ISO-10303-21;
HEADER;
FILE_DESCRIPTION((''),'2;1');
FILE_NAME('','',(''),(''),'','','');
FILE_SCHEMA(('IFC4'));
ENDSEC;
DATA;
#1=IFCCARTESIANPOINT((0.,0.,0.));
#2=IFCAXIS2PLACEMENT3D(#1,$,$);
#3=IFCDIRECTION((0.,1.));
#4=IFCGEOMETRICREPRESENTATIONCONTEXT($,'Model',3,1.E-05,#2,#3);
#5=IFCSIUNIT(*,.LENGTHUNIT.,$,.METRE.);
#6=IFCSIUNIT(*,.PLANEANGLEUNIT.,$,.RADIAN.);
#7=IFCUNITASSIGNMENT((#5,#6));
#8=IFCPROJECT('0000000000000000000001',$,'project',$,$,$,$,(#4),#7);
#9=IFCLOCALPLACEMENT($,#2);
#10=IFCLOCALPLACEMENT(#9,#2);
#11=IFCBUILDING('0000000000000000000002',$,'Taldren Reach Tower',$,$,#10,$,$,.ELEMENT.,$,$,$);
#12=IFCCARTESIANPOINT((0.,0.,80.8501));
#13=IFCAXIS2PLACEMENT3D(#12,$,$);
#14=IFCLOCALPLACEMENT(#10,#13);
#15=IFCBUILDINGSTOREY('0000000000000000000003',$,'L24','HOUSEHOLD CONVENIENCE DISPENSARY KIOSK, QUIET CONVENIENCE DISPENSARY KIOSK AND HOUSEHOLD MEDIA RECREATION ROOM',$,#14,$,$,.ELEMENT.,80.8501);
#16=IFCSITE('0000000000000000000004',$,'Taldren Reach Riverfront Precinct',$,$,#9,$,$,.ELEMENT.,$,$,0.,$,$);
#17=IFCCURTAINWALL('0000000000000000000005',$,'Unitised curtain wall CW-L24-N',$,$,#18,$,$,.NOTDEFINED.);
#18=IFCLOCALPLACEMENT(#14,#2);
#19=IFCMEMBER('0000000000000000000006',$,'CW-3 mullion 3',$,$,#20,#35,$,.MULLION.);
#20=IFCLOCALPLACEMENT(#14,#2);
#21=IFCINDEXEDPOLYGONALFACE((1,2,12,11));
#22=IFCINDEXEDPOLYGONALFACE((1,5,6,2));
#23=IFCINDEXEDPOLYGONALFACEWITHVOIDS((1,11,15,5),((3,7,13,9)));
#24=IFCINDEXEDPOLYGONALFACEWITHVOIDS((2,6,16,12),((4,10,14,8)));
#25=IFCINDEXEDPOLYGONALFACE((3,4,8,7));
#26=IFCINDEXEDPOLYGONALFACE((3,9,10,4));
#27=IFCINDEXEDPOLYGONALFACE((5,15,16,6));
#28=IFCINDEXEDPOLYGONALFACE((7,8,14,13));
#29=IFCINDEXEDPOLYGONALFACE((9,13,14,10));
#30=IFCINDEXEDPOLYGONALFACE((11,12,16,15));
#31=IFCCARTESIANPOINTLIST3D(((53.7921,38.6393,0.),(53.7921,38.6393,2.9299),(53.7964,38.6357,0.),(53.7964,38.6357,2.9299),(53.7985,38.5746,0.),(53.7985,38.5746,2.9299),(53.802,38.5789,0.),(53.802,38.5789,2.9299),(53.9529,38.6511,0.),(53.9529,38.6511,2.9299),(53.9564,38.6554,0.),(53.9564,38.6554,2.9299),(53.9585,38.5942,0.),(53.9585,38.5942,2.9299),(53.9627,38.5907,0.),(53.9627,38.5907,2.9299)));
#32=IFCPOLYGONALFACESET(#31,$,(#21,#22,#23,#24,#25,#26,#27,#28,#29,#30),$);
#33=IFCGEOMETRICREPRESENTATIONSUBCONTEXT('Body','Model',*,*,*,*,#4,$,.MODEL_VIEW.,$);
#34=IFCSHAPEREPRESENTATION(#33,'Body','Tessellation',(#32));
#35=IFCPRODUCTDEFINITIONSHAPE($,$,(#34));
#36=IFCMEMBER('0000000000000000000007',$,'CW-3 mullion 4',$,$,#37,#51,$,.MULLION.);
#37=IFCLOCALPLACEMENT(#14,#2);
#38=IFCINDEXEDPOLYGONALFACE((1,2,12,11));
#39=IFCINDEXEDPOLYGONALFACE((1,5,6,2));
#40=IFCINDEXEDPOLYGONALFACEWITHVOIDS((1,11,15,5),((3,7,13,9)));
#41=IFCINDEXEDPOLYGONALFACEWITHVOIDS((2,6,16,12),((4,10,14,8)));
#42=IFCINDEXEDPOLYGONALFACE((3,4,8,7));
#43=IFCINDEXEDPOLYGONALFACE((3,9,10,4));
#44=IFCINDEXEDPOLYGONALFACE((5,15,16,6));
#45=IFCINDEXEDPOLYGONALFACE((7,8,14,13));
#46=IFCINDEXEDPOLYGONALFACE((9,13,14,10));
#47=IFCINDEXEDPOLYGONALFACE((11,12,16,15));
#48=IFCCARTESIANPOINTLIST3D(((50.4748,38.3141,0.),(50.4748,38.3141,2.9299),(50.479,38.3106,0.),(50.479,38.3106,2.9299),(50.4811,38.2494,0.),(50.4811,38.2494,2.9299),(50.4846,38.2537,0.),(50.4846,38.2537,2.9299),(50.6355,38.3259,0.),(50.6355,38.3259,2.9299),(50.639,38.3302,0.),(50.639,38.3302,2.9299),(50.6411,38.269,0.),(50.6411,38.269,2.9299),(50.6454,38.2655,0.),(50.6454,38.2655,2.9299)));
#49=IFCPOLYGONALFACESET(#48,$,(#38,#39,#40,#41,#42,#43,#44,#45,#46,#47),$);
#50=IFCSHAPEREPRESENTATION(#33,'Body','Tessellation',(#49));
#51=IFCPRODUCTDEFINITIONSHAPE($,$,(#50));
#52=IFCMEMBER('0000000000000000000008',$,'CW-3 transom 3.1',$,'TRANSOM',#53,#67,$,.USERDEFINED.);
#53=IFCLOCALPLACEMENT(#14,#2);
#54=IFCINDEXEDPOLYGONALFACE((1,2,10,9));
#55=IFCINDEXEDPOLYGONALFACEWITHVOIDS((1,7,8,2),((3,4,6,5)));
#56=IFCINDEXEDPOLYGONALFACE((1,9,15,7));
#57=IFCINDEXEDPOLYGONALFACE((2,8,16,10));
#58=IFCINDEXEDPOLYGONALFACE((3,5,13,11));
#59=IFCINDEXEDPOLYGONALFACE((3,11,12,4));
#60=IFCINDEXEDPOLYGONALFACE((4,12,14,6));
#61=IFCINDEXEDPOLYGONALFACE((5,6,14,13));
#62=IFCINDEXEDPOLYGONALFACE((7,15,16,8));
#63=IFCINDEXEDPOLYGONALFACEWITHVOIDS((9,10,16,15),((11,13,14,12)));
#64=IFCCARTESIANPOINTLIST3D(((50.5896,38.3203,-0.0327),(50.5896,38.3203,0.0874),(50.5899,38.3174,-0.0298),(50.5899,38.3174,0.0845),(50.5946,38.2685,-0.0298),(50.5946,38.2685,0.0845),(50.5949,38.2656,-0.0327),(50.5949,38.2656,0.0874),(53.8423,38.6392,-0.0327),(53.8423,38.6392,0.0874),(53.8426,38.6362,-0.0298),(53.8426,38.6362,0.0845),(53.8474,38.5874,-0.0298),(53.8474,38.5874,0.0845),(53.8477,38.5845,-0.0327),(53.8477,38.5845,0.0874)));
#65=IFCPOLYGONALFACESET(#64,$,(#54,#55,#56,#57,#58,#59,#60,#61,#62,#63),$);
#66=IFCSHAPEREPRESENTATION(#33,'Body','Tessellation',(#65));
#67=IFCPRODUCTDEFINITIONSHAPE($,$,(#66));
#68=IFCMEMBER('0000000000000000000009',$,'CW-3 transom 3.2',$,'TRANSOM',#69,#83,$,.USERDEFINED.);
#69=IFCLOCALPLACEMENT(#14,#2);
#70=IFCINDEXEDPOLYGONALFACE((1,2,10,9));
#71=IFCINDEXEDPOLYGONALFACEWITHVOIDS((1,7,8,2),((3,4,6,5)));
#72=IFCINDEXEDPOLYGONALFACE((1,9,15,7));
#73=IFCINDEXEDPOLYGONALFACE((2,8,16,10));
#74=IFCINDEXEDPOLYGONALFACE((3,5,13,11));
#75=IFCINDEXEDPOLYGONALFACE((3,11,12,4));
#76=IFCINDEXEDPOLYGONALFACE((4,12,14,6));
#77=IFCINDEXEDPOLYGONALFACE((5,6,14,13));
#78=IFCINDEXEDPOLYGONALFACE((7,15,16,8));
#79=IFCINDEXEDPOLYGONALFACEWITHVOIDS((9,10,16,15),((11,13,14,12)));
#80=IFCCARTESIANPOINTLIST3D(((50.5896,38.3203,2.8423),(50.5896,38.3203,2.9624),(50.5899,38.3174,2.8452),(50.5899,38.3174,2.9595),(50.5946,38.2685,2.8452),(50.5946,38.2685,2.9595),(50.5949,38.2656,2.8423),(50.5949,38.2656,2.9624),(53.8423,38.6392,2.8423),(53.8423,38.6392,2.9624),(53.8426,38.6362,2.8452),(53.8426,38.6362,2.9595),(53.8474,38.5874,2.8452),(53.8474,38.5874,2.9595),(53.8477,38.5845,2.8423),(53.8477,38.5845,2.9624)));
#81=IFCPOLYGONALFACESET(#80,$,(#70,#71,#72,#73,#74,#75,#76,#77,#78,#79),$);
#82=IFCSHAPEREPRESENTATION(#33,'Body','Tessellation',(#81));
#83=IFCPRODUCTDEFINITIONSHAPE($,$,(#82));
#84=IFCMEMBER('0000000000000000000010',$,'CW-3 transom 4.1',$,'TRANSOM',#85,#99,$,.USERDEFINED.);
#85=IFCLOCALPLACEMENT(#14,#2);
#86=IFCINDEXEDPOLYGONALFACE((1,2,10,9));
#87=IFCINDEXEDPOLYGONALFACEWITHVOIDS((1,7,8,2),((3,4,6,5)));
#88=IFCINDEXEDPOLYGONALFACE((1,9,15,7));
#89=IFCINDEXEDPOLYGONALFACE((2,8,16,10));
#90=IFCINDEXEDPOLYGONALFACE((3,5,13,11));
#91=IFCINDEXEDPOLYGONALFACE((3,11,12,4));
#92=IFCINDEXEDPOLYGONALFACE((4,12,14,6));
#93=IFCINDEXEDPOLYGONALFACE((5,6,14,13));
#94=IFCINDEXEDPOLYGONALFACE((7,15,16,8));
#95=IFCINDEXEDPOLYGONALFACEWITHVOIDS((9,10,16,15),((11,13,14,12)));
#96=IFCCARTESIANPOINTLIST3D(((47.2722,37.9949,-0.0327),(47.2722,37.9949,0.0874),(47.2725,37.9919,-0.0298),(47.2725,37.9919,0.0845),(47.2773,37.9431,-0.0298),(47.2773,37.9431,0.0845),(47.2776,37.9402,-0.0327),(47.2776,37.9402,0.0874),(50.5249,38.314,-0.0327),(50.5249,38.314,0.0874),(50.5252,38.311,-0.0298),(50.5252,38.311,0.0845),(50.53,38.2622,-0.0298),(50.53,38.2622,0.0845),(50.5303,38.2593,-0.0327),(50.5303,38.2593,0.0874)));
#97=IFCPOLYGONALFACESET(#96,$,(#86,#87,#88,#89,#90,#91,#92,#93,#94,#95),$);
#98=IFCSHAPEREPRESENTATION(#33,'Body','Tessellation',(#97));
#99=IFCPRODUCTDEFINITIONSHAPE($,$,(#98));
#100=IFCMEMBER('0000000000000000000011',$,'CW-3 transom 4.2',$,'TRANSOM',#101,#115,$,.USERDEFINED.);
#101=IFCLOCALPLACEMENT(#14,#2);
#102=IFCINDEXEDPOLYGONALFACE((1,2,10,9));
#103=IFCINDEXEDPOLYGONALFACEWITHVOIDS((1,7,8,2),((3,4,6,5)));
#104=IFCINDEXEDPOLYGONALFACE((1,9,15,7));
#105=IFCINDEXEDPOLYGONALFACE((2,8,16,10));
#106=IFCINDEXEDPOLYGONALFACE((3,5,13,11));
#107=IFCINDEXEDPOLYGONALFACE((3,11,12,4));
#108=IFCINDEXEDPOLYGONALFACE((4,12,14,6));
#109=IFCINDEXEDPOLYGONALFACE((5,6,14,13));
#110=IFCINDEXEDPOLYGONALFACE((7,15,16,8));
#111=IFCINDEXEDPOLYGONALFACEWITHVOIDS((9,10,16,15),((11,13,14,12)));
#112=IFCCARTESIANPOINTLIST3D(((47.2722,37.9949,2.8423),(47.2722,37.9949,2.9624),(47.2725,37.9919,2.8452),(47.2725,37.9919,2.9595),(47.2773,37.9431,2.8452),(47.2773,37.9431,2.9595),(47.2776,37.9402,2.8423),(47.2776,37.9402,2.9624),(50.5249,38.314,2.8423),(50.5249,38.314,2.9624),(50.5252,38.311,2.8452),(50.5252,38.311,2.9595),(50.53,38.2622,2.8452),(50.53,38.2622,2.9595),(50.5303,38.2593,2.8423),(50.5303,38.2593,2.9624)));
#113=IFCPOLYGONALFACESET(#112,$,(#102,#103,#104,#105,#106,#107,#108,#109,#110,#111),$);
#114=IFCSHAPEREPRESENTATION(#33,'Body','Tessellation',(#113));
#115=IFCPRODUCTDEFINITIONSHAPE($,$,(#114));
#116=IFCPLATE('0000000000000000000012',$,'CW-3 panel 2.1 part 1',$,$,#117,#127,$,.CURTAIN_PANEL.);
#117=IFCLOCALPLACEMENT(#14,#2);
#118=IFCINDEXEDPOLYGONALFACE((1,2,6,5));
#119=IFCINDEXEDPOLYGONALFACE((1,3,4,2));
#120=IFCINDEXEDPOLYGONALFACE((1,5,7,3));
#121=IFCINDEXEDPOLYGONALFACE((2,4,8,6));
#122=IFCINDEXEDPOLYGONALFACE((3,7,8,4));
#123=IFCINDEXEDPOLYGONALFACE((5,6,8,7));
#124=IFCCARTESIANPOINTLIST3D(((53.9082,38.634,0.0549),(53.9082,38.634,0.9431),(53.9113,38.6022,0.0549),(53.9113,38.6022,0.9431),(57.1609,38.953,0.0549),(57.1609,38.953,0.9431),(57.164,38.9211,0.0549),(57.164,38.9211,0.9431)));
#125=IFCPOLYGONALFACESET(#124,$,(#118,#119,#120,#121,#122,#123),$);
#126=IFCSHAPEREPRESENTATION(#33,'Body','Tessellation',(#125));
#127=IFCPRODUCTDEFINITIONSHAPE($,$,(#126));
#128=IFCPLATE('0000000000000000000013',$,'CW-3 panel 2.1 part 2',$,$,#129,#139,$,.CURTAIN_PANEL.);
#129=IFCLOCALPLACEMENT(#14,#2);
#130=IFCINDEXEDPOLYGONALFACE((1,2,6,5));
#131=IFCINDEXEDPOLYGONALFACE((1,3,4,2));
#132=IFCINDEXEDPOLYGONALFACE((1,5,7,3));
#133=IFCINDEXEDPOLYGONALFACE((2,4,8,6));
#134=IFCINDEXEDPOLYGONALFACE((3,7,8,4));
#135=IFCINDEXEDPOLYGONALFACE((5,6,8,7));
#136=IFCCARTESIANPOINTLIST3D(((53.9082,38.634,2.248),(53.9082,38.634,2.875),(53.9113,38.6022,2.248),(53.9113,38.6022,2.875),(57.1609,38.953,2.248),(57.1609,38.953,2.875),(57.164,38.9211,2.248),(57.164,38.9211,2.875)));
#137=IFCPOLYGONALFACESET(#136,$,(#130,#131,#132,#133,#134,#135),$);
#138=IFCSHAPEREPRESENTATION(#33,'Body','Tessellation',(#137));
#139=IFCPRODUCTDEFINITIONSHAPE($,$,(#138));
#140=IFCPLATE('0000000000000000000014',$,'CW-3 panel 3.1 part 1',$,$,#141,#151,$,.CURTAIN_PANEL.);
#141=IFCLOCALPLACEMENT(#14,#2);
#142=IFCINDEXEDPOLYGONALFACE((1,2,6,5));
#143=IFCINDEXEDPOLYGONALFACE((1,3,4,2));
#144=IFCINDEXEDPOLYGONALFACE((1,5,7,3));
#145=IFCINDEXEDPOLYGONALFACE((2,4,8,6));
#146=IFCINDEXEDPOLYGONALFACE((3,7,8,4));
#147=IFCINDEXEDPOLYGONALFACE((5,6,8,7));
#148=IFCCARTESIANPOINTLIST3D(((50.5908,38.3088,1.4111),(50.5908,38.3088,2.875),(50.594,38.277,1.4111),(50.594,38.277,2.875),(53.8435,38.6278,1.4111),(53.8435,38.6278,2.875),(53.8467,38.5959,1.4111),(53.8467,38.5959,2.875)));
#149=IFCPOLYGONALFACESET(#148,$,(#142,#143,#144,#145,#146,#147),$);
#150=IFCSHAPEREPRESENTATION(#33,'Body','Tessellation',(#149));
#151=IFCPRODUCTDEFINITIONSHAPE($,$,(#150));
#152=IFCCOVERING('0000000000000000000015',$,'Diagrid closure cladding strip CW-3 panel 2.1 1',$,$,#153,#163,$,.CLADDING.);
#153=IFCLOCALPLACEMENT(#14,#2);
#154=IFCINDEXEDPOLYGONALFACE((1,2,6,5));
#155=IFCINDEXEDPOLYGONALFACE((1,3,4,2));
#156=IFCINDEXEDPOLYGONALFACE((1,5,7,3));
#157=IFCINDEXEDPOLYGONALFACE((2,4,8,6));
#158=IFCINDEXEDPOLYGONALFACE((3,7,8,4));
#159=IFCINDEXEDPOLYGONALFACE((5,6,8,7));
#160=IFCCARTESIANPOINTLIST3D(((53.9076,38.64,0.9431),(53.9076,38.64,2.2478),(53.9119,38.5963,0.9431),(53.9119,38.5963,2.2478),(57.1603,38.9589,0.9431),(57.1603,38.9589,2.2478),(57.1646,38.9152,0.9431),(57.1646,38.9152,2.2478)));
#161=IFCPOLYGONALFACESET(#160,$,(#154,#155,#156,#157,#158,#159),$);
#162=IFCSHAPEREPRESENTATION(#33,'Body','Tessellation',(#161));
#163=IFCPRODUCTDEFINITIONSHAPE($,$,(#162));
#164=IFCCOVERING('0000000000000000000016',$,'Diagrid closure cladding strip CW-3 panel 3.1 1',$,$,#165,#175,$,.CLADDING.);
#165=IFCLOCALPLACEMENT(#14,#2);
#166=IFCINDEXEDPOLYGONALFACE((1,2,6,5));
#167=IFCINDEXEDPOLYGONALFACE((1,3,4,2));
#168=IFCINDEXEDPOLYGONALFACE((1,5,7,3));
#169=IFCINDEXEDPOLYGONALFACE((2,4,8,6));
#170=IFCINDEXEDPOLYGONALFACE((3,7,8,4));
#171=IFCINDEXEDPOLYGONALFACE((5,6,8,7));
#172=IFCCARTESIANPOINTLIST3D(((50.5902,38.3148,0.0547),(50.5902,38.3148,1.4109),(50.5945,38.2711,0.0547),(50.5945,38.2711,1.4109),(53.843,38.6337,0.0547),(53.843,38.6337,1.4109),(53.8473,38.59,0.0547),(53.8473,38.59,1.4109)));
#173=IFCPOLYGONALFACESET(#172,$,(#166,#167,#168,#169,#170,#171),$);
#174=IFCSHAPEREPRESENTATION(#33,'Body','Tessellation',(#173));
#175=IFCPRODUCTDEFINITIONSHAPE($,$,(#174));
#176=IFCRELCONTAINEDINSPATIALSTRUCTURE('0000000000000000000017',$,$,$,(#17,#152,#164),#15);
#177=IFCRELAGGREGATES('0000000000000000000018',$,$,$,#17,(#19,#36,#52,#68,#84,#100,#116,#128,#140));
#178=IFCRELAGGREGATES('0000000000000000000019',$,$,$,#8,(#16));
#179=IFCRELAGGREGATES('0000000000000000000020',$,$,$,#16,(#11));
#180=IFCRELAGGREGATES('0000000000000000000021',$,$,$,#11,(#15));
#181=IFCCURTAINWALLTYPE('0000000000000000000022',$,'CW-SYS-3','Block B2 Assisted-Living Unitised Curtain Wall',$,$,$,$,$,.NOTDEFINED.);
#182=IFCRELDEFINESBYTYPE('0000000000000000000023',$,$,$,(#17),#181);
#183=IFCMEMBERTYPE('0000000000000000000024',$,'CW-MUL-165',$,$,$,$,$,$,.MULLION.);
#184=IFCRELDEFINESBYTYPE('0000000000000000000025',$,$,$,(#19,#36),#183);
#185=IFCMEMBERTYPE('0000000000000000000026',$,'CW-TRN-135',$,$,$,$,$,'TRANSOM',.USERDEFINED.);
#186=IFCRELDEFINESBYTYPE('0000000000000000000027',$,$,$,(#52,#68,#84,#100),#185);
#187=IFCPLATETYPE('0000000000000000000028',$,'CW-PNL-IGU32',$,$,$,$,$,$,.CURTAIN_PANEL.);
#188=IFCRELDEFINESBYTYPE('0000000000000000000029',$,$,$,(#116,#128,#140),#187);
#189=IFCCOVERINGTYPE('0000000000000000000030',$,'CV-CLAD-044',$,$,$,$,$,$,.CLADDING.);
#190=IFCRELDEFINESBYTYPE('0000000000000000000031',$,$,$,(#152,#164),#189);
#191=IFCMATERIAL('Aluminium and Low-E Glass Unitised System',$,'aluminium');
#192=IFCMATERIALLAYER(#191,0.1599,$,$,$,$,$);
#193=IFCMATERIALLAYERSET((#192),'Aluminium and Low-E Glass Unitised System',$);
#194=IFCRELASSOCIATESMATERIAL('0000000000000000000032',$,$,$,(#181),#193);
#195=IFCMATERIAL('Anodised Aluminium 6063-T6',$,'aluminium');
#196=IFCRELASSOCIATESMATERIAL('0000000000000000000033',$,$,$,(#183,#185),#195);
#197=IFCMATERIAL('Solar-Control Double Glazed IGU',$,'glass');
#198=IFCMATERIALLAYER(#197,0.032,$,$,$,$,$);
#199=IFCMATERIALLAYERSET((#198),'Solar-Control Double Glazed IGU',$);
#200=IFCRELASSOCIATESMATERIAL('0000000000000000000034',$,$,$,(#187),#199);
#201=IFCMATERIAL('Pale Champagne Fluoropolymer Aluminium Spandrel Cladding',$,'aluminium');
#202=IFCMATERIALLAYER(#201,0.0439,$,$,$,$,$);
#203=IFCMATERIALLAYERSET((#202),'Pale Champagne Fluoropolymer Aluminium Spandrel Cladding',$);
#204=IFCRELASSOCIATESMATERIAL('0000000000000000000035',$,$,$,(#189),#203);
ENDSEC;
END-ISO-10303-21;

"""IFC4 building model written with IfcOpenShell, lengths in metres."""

from ifc_helpers import new_model, si_unit, direction, frame, origin, origin_2d, place, context, subcontext, project, spatial, rectangle, hollow_rectangle, extrude, source, transform, mapped, material, layer, layer_set, material_profile, profile_set, type_object, element, aggregate, save


model = new_model("IFC4")

# Units and contexts
model_context = context("Model", 3, precision=1e-05, world=origin(), true_north=direction((0.0, 1.0)))
body_context = subcontext(model_context, "Body", "Model", "MODEL_VIEW")
ifc_project = project(units=[si_unit("LENGTHUNIT", "METRE"), si_unit("PLANEANGLEUNIT", "RADIAN")], contexts=[model_context])

# Site, building, storey
site_placement = place(None, origin())
site = spatial("IfcSite", under=ifc_project, at=site_placement, Name="Taldren Reach Riverfront Precinct", CompositionType="ELEMENT", RefElevation=0.0)
building_placement = place(site_placement, origin())
building = spatial("IfcBuilding", under=site, at=building_placement, Name="Taldren Reach Tower", CompositionType="ELEMENT")
storey_placement = place(building_placement, frame((0.0, 0.0, 80.8501)))
storey = spatial("IfcBuildingStorey", under=building, at=storey_placement, Name="L24", Description="HOUSEHOLD CONVENIENCE DISPENSARY KIOSK, QUIET CONVENIENCE DISPENSARY KIOSK AND HOUSEHOLD MEDIA RECREATION ROOM", CompositionType="ELEMENT", Elevation=80.8501)

# Curtain wall, members, plates
ifc_material_1 = material(Name="Aluminium and Low-E Glass Unitised System", Category="aluminium")
ifc_layer_1 = layer(ifc_material_1, 0.1599)
ifc_layer_set_1 = layer_set([ifc_layer_1], Name="Aluminium and Low-E Glass Unitised System")
curtain_wall_type = type_object("IfcCurtainWallType", Name="CW-SYS-3", Description="Block B2 Assisted-Living Unitised Curtain Wall", PredefinedType="NOTDEFINED", material=ifc_layer_set_1)
curtain_wall_placement = place(storey_placement, origin())
curtain_wall = element("IfcCurtainWall", 1, at=curtain_wall_placement, inside=storey, type_object=curtain_wall_type, Name="Unitised curtain wall CW-L24-N", PredefinedType="NOTDEFINED")
ifc_material_2 = material(Name="Anodised Aluminium 6063-T6", Category="aluminium")
ifc_material_profile_1 = material_profile(ifc_material_2, hollow_rectangle(XDim=0.0649, YDim=0.165, WallThickness=0.0039, at=origin_2d()), Name="ALU-165x65x4RHS")
ifc_profile_set_1 = profile_set([ifc_material_profile_1], Name="Anodised Aluminium 6063-T6")
member_type_1 = type_object("IfcMemberType", Name="CW-MUL-165", PredefinedType="MULLION", material=ifc_profile_set_1)
shared_shape_1 = source(origin(), body_context, "Body", "SweptSolid", [
    extrude(hollow_rectangle(XDim=0.0649, YDim=0.165, WallThickness=0.0039, at=origin_2d()), origin(), (0.0, 0.0, 1.0), 2.9299),
])
member_1_placement = place(storey_placement, frame((53.8774, 38.615, 0.0), z_axis=(0.0, 0.0, 1.0), x_axis=(0.097583, -0.995227, 0.0)))
member_1 = element("IfcMember", 2, at=member_1_placement, type_object=member_type_1, Name="CW-3 mullion 3", PredefinedType="MULLION", context=body_context, shape_type="MappedRepresentation", body=[
    mapped(shared_shape_1, transform((0.0, 0.0, 0.0), scale=1.0)),
])
member_2_placement = place(storey_placement, frame((50.5601, 38.2898, 0.0), z_axis=(0.0, 0.0, 1.0), x_axis=(0.097583, -0.995227, 0.0)))
member_2 = element("IfcMember", 3, at=member_2_placement, type_object=member_type_1, Name="CW-3 mullion 4", PredefinedType="MULLION", context=body_context, shape_type="MappedRepresentation", body=[
    mapped(shared_shape_1, transform((0.0, 0.0, 0.0), scale=1.0)),
])
ifc_material_profile_2 = material_profile(ifc_material_2, hollow_rectangle(XDim=0.0549, YDim=0.1201, WallThickness=0.0029, at=origin_2d()), Name="ALU-120x55x3RHS")
ifc_profile_set_2 = profile_set([ifc_material_profile_2], Name="Anodised Aluminium 6063-T6")
member_type_2 = type_object("IfcMemberType", Name="CW-TRN-135", ElementType="TRANSOM", PredefinedType="USERDEFINED", material=ifc_profile_set_2)
shared_shape_2 = source(origin(), body_context, "Body", "SweptSolid", [
    extrude(hollow_rectangle(XDim=0.0549, YDim=0.1201, WallThickness=0.0029, at=origin_2d()), origin(), (0.0, 0.0, 1.0), 3.2683),
])
member_3_placement = place(storey_placement, frame((53.845, 38.6118, 0.0273), z_axis=(-0.99523, -0.097558, 0.0), x_axis=(0.097558, -0.99523, 0.0)))
member_3 = element("IfcMember", 4, at=member_3_placement, type_object=member_type_2, Name="CW-3 transom 3.1", ObjectType="TRANSOM", PredefinedType="USERDEFINED", context=body_context, shape_type="MappedRepresentation", body=[
    mapped(shared_shape_2, transform((0.0, 0.0, 0.0), scale=1.0)),
])
member_4_placement = place(storey_placement, frame((53.845, 38.6118, 2.9023), z_axis=(-0.99523, -0.097558, 0.0), x_axis=(0.097558, -0.99523, 0.0)))
member_4 = element("IfcMember", 5, at=member_4_placement, type_object=member_type_2, Name="CW-3 transom 3.2", ObjectType="TRANSOM", PredefinedType="USERDEFINED", context=body_context, shape_type="MappedRepresentation", body=[
    mapped(shared_shape_2, transform((0.0, 0.0, 0.0), scale=1.0)),
])
member_5_placement = place(storey_placement, frame((50.5276, 38.2866, 0.0273), z_axis=(-0.995223, -0.097632, 0.0), x_axis=(0.097632, -0.995223, 0.0)))
member_5 = element("IfcMember", 6, at=member_5_placement, type_object=member_type_2, Name="CW-3 transom 4.1", ObjectType="TRANSOM", PredefinedType="USERDEFINED", context=body_context, shape_type="MappedRepresentation", body=[
    mapped(shared_shape_2, transform((0.0, 0.0, 0.0), scale=1.0)),
])
member_6_placement = place(storey_placement, frame((50.5276, 38.2866, 2.9023), z_axis=(-0.995223, -0.097632, 0.0), x_axis=(0.097632, -0.995223, 0.0)))
member_6 = element("IfcMember", 7, at=member_6_placement, type_object=member_type_2, Name="CW-3 transom 4.2", ObjectType="TRANSOM", PredefinedType="USERDEFINED", context=body_context, shape_type="MappedRepresentation", body=[
    mapped(shared_shape_2, transform((0.0, 0.0, 0.0), scale=1.0)),
])
ifc_material_3 = material(Name="Solar-Control Double Glazed IGU", Category="glass")
ifc_layer_2 = layer(ifc_material_3, 0.032)
ifc_layer_set_2 = layer_set([ifc_layer_2], Name="Solar-Control Double Glazed IGU")
plate_type = type_object("IfcPlateType", Name="CW-PNL-IGU32", PredefinedType="CURTAIN_PANEL", material=ifc_layer_set_2)
shared_shape_3 = source(origin(), body_context, "Body", "SweptSolid", [
    extrude(rectangle(XDim=3.2683, YDim=0.032, at=origin_2d()), origin(), (0.0, 0.0, 1.0), 0.8882),
])
plate_1_placement = place(storey_placement, frame((55.5361, 38.7776, 0.0549), z_axis=(0.0, 0.0, 1.0), x_axis=(-0.995227, -0.097583, 0.0)))
plate_1 = element("IfcPlate", 8, at=plate_1_placement, type_object=plate_type, Name="CW-3 panel 2.1 part 1", PredefinedType="CURTAIN_PANEL", context=body_context, shape_type="MappedRepresentation", body=[
    mapped(shared_shape_3, transform((0.0, 0.0, 0.0), scale=1.0)),
])
shared_shape_4 = source(origin(), body_context, "Body", "SweptSolid", [
    extrude(rectangle(XDim=3.2683, YDim=0.032, at=origin_2d()), origin(), (0.0, 0.0, 1.0), 0.627),
])
plate_2_placement = place(storey_placement, frame((55.5361, 38.7776, 2.248), z_axis=(0.0, 0.0, 1.0), x_axis=(-0.995227, -0.097583, 0.0)))
plate_2 = element("IfcPlate", 9, at=plate_2_placement, type_object=plate_type, Name="CW-3 panel 2.1 part 2", PredefinedType="CURTAIN_PANEL", context=body_context, shape_type="MappedRepresentation", body=[
    mapped(shared_shape_4, transform((0.0, 0.0, 0.0), scale=1.0)),
])
shared_shape_5 = source(origin(), body_context, "Body", "SweptSolid", [
    extrude(rectangle(XDim=3.2683, YDim=0.032, at=origin_2d()), origin(), (0.0, 0.0, 1.0), 1.4639),
])
plate_3_placement = place(storey_placement, frame((52.2188, 38.4524, 1.4111), z_axis=(0.0, 0.0, 1.0), x_axis=(-0.995227, -0.097583, 0.0)))
plate_3 = element("IfcPlate", 10, at=plate_3_placement, type_object=plate_type, Name="CW-3 panel 3.1 part 1", PredefinedType="CURTAIN_PANEL", context=body_context, shape_type="MappedRepresentation", body=[
    mapped(shared_shape_5, transform((0.0, 0.0, 0.0), scale=1.0)),
])
aggregate(curtain_wall, [member_1, member_2, member_3, member_4, member_5, member_6, plate_1, plate_2, plate_3])

# Coverings
ifc_material_4 = material(Name="Pale Champagne Fluoropolymer Aluminium Spandrel Cladding", Category="aluminium")
ifc_layer_3 = layer(ifc_material_4, 0.0439)
ifc_layer_set_3 = layer_set([ifc_layer_3], Name="Pale Champagne Fluoropolymer Aluminium Spandrel Cladding")
covering_type = type_object("IfcCoveringType", Name="CV-CLAD-044", PredefinedType="CLADDING", material=ifc_layer_set_3)
shared_shape_6 = source(origin(), body_context, "Body", "SweptSolid", [
    extrude(rectangle(XDim=3.2683, YDim=0.0439, at=origin_2d()), origin(), (0.0, 0.0, 1.0), 1.3047),
])
covering_1_placement = place(storey_placement, frame((55.5361, 38.7776, 0.9431), z_axis=(0.0, 0.0, 1.0), x_axis=(-0.995227, -0.097583, 0.0)))
element("IfcCovering", 11, at=covering_1_placement, inside=storey, type_object=covering_type, Name="Diagrid closure cladding strip CW-3 panel 2.1 1", PredefinedType="CLADDING", context=body_context, shape_type="MappedRepresentation", body=[
    mapped(shared_shape_6, transform((0.0, 0.0, 0.0), scale=1.0)),
])
shared_shape_7 = source(origin(), body_context, "Body", "SweptSolid", [
    extrude(rectangle(XDim=3.2683, YDim=0.0439, at=origin_2d()), origin(), (0.0, 0.0, 1.0), 1.3562),
])
covering_2_placement = place(storey_placement, frame((52.2188, 38.4524, 0.0547), z_axis=(0.0, 0.0, 1.0), x_axis=(-0.995227, -0.097583, 0.0)))
element("IfcCovering", 12, at=covering_2_placement, inside=storey, type_object=covering_type, Name="Diagrid closure cladding strip CW-3 panel 3.1 1", PredefinedType="CLADDING", context=body_context, shape_type="MappedRepresentation", body=[
    mapped(shared_shape_7, transform((0.0, 0.0, 0.0), scale=1.0)),
])

save(model, "model.ifc")
